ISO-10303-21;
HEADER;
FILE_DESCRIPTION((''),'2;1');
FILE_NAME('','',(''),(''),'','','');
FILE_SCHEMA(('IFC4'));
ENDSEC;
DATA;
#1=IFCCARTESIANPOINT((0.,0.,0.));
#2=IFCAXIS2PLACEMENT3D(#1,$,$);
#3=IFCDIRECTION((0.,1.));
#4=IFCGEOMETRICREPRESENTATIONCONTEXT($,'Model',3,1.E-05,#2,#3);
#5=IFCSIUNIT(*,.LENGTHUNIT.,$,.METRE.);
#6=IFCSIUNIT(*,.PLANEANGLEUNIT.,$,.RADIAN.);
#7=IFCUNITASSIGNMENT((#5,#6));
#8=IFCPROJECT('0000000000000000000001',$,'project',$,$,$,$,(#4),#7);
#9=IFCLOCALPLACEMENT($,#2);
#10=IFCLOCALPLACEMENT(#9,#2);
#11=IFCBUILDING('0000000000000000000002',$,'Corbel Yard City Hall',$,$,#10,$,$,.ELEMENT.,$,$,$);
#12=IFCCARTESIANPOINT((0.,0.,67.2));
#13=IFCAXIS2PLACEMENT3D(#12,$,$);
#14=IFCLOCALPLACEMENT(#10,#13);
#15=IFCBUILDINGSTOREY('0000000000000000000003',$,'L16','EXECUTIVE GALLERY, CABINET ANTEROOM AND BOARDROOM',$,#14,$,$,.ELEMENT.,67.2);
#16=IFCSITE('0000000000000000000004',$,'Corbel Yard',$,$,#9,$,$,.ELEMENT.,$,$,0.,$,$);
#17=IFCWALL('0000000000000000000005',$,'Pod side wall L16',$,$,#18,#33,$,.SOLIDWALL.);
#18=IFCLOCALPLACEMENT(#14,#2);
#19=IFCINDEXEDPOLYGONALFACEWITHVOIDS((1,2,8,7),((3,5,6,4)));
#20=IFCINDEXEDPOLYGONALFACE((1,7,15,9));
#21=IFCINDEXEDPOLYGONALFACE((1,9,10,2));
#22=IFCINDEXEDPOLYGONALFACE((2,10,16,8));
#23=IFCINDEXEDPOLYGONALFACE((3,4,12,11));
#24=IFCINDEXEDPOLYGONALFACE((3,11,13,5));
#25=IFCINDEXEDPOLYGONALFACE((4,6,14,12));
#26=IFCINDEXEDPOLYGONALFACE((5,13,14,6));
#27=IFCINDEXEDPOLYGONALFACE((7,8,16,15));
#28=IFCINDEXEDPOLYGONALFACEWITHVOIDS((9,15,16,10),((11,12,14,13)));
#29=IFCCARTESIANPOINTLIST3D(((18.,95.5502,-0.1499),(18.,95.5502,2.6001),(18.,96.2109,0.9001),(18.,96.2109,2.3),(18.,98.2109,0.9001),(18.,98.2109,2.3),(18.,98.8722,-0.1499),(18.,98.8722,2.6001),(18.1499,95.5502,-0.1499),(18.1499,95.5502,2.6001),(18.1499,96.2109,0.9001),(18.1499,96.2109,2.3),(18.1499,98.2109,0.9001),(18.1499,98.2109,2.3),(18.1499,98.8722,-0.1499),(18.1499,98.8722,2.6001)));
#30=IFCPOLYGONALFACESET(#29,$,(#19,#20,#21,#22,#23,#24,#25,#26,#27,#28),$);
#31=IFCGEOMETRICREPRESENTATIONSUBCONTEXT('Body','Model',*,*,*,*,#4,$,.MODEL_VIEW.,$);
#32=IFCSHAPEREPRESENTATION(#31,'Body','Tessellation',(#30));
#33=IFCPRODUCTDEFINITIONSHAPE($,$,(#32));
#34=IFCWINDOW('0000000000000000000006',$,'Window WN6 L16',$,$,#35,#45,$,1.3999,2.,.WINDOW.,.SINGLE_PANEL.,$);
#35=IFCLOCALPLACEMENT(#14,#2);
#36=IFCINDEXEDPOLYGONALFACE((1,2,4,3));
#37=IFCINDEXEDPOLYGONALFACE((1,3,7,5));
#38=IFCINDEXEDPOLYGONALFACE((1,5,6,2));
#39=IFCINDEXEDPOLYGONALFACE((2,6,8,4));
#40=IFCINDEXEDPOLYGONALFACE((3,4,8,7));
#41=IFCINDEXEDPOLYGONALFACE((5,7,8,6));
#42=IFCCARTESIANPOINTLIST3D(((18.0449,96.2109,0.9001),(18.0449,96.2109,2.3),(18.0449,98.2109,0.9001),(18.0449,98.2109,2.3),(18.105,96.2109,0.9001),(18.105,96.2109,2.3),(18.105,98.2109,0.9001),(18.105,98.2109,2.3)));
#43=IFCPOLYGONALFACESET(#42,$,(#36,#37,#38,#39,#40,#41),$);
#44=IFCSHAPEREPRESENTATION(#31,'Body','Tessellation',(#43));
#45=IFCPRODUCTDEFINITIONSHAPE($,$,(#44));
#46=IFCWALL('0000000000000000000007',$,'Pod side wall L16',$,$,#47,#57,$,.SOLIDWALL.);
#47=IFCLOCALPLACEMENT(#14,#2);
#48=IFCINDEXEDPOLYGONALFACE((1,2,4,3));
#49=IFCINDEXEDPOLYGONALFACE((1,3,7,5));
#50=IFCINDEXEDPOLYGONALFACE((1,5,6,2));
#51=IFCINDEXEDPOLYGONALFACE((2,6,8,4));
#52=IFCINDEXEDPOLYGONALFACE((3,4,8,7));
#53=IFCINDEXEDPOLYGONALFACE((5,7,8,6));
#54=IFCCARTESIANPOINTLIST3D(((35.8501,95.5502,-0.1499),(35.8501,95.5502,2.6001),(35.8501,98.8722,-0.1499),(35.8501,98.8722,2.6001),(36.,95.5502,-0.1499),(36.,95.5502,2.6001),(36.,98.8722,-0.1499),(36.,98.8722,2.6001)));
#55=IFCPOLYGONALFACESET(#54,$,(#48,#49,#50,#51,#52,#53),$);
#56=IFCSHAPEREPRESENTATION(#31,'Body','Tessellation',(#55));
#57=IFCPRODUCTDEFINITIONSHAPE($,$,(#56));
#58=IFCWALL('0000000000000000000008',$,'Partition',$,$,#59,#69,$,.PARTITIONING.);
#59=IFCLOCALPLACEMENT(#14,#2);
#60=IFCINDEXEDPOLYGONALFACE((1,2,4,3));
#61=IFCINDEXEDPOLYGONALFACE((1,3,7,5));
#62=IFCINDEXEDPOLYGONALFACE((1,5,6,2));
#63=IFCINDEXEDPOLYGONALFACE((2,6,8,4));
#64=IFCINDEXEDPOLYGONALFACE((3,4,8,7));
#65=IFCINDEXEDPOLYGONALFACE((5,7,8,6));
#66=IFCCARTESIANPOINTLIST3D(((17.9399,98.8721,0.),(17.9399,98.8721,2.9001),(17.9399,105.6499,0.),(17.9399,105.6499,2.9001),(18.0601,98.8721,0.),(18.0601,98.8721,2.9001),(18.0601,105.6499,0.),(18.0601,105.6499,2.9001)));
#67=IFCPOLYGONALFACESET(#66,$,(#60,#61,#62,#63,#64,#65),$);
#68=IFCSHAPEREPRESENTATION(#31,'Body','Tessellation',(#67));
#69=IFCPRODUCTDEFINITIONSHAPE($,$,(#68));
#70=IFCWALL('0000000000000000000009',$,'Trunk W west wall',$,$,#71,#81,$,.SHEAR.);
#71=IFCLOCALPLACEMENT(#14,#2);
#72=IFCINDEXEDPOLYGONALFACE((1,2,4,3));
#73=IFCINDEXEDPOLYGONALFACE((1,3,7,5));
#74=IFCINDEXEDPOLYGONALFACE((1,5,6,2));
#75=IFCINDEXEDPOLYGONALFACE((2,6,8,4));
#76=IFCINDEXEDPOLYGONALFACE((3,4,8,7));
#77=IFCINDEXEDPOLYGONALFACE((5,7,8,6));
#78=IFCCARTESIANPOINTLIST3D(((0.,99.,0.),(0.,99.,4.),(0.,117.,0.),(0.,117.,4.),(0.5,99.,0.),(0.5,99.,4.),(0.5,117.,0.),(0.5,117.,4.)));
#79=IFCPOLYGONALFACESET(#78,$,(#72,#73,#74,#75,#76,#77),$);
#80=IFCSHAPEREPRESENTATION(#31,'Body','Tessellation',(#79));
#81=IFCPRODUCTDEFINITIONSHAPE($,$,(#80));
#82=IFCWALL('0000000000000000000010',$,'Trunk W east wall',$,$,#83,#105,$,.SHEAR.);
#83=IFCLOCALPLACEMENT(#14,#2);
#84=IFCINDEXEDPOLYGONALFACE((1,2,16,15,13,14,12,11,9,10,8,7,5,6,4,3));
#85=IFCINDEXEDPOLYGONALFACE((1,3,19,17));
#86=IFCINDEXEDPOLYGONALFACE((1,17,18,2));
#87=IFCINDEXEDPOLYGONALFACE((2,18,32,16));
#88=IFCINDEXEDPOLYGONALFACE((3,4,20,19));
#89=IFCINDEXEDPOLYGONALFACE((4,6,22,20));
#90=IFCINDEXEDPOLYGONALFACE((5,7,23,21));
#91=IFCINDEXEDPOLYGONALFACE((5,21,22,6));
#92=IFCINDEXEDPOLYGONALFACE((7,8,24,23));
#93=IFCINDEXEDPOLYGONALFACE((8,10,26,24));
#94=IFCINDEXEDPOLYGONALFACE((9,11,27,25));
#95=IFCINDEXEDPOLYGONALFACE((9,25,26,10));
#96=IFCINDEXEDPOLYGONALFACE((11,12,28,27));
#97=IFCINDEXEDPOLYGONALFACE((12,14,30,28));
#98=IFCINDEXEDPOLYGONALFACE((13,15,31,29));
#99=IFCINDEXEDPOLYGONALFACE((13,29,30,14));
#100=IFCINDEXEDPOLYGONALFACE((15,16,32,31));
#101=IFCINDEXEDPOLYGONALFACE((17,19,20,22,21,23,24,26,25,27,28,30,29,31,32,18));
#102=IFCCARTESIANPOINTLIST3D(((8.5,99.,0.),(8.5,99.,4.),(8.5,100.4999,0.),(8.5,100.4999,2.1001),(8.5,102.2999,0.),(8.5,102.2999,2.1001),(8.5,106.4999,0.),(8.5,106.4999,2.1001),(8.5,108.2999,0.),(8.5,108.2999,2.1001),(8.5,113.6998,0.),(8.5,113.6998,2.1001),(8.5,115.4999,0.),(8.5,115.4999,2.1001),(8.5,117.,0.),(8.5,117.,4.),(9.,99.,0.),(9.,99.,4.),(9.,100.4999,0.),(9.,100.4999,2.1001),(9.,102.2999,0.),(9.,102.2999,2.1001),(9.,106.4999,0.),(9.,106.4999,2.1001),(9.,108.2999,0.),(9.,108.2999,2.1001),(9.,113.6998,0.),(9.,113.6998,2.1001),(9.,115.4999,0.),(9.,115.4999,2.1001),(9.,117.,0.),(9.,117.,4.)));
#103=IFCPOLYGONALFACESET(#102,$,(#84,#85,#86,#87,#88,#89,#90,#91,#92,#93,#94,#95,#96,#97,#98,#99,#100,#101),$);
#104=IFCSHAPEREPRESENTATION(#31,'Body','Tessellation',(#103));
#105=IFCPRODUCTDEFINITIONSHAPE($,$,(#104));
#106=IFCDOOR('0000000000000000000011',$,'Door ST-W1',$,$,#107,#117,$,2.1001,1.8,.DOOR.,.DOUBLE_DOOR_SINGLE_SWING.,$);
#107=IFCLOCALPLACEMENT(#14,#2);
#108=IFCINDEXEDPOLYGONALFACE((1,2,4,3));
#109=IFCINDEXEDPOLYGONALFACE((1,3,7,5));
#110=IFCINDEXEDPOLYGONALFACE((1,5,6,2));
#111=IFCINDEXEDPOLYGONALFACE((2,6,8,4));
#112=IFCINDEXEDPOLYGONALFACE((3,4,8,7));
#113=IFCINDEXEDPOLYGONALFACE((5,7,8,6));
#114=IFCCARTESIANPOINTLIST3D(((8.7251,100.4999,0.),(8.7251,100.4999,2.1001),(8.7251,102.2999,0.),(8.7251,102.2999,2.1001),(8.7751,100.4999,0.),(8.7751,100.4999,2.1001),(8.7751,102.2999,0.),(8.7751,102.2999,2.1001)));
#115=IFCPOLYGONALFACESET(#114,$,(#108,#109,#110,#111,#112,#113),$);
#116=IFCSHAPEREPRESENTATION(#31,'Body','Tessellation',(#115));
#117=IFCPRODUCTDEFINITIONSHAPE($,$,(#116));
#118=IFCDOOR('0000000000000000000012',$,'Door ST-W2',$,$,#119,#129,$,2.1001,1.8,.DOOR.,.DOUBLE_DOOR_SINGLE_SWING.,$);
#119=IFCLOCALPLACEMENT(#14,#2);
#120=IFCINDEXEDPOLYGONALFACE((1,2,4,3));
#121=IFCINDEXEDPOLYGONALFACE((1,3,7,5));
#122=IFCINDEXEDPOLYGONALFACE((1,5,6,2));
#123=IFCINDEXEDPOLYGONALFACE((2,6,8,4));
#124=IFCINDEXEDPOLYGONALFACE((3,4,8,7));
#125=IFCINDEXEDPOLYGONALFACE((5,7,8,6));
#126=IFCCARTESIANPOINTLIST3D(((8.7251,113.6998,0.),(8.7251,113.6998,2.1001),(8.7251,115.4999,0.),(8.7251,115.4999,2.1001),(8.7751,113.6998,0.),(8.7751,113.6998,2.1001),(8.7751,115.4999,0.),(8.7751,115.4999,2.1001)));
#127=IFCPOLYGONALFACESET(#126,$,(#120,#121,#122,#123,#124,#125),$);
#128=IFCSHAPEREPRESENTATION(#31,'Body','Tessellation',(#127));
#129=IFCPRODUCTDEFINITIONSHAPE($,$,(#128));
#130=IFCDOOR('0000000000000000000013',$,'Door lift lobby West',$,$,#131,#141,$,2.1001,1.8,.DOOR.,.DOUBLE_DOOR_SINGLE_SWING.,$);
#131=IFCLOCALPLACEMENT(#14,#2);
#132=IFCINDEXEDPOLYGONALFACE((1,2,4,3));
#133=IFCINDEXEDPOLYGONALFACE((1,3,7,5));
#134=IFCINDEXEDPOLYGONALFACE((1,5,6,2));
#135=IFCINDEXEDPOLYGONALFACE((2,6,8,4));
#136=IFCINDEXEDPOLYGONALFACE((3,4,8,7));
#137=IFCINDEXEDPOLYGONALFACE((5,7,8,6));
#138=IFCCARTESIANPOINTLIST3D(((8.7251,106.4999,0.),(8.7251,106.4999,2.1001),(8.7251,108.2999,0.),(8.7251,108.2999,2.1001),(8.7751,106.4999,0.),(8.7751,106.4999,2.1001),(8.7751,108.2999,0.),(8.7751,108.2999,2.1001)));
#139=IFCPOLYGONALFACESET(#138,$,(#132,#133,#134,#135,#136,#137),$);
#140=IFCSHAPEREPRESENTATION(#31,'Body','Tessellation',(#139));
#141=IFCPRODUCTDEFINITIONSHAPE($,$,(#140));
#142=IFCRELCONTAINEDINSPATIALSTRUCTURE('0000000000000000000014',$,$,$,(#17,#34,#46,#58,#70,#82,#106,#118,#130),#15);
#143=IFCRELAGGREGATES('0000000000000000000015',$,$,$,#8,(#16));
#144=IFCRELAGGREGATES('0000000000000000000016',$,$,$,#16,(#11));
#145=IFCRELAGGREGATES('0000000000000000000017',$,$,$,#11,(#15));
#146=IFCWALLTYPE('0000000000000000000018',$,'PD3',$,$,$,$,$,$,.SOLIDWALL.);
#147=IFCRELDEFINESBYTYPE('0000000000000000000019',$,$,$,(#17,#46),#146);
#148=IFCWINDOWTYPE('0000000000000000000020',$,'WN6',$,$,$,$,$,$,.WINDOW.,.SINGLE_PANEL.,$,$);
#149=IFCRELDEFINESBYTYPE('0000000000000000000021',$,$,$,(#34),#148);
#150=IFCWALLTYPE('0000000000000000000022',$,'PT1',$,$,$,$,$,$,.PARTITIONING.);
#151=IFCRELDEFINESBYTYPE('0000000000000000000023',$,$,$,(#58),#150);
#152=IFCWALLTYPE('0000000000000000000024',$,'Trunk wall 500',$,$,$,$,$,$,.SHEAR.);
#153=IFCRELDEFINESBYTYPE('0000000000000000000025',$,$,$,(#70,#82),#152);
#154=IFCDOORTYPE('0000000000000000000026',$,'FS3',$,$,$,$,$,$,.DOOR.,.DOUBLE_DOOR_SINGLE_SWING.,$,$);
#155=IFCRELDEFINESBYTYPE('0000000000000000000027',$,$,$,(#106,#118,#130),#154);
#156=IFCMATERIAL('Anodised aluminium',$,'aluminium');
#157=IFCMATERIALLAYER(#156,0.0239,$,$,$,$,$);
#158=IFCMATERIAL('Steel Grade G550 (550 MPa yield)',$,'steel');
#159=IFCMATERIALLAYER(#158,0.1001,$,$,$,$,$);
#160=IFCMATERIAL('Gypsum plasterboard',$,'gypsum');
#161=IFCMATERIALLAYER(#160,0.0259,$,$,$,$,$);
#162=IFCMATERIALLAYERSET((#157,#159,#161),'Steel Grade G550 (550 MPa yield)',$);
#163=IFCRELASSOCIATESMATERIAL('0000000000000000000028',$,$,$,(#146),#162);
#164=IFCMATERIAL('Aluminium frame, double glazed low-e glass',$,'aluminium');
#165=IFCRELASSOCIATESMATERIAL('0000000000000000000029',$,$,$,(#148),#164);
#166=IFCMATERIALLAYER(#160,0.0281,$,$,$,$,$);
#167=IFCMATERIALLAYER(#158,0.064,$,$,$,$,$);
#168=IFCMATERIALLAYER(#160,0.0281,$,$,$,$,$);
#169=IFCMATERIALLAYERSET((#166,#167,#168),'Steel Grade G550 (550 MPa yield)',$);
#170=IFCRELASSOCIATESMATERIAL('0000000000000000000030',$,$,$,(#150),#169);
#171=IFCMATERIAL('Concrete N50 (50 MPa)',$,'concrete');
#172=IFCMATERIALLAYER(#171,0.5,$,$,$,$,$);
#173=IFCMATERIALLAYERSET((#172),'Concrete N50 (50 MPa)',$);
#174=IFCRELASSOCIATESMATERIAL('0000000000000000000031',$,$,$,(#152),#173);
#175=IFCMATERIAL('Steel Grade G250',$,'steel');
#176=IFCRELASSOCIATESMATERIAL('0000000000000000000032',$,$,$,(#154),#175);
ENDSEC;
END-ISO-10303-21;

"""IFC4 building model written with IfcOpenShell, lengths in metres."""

from ifc_helpers import new_model, si_unit, direction, frame, frame_2d, origin, place, context, subcontext, project, spatial, rectangle, extrude, material, layer, layer_set, type_object, element, fill, save


model = new_model("IFC4")

# Units and contexts
model_context = context("Model", 3, precision=1e-05, world=origin(), true_north=direction((0.0, 1.0)))
body_context = subcontext(model_context, "Body", "Model", "MODEL_VIEW")
ifc_project = project(units=[si_unit("LENGTHUNIT", "METRE"), si_unit("PLANEANGLEUNIT", "RADIAN")], contexts=[model_context])

# Site, building, storey
site_placement = place(None, origin())
site = spatial("IfcSite", under=ifc_project, at=site_placement, Name="Corbel Yard", CompositionType="ELEMENT", RefElevation=0.0)
building_placement = place(site_placement, origin())
building = spatial("IfcBuilding", under=site, at=building_placement, Name="Corbel Yard City Hall", CompositionType="ELEMENT")
storey_placement = place(building_placement, frame((0.0, 0.0, 67.2)))
storey = spatial("IfcBuildingStorey", under=building, at=storey_placement, Name="L16", Description="EXECUTIVE GALLERY, CABINET ANTEROOM AND BOARDROOM", CompositionType="ELEMENT", Elevation=67.2)

# Shared definitions
ifc_material_1 = material(Name="Anodised aluminium", Category="aluminium")
ifc_material_2 = material(Name="Steel Grade G550 (550 MPa yield)", Category="steel")
ifc_material_3 = material(Name="Gypsum plasterboard", Category="gypsum")
ifc_material_4 = material(Name="Aluminium frame, double glazed low-e glass", Category="aluminium")

# Wall, opening, window
ifc_layer_1 = layer(ifc_material_1, 0.0239)
ifc_layer_2 = layer(ifc_material_2, 0.1001)
ifc_layer_3 = layer(ifc_material_3, 0.0259)
ifc_layer_set_1 = layer_set([ifc_layer_1, ifc_layer_2, ifc_layer_3], Name="Steel Grade G550 (550 MPa yield)")
wall_type_1 = type_object("IfcWallType", Name="PD3", PredefinedType="SOLIDWALL", material=ifc_layer_set_1)
wall_1_placement = place(storey_placement, frame((18.075, 95.55, -0.1499), z_axis=(0.0, 0.0, 1.0), x_axis=(0.0, 1.0, 0.0)))
wall_1 = element("IfcWall", 1, at=wall_1_placement, inside=storey, type_object=wall_type_1, Name="Pod side wall L16", PredefinedType="SOLIDWALL", context=body_context, shape_type="SweptSolid", body=[
    extrude(rectangle(XDim=3.322, YDim=0.1499, at=frame_2d((1.6611, 0.0))), origin(), (0.0, 0.0, 1.0), 2.75),
])
opening_1_placement = place(wall_1_placement, frame((0.6609, 0.0, 1.05)))
opening_1 = element("IfcOpeningElement", 2, at=opening_1_placement, cuts=wall_1, PredefinedType="OPENING", context=body_context, shape_type="SweptSolid", body=[
    extrude(rectangle(XDim=2.0, YDim=1.3999, at=frame_2d((1.0, 0.7))), frame((0.0, 0.085, 0.0), z_axis=(0.0, -1.0, 0.0), x_axis=(1.0, 0.0, 0.0)), (0.0, 0.0, 1.0), 0.1699),
])
window_type_1 = type_object("IfcWindowType", Name="WN6", PartitioningType="SINGLE_PANEL", PredefinedType="WINDOW", material=ifc_material_4)
window_1_placement = place(opening_1_placement, origin())
window_1 = element("IfcWindow", 3, at=window_1_placement, inside=storey, type_object=window_type_1, Name="Window WN6 L16", OverallHeight=1.3999, OverallWidth=2.0, PartitioningType="SINGLE_PANEL", PredefinedType="WINDOW", context=body_context, shape_type="SweptSolid", body=[
    extrude(rectangle(XDim=2.0, YDim=1.3999, at=frame_2d((1.0, 0.7))), frame((0.0, 0.03, 0.0), z_axis=(0.0, -1.0, 0.0), x_axis=(1.0, 0.0, 0.0)), (0.0, 0.0, 1.0), 0.0601),
])
fill(opening_1, window_1)

# Walls
wall_2_placement = place(storey_placement, frame((35.925, 95.55, -0.1499), z_axis=(0.0, 0.0, 1.0), x_axis=(0.0, 1.0, 0.0)))
element("IfcWall", 4, at=wall_2_placement, inside=storey, type_object=wall_type_1, Name="Pod side wall L16", PredefinedType="SOLIDWALL", context=body_context, shape_type="SweptSolid", body=[
    extrude(rectangle(XDim=3.322, YDim=0.1499, at=frame_2d((1.6611, 0.0))), origin(), (0.0, 0.0, 1.0), 2.75),
])
ifc_layer_4 = layer(ifc_material_3, 0.0281)
ifc_layer_5 = layer(ifc_material_2, 0.064)
ifc_layer_6 = layer(ifc_material_3, 0.0281)
ifc_layer_set_2 = layer_set([ifc_layer_4, ifc_layer_5, ifc_layer_6], Name="Steel Grade G550 (550 MPa yield)")
wall_type_2 = type_object("IfcWallType", Name="PT1", PredefinedType="PARTITIONING", material=ifc_layer_set_2)
wall_3_placement = place(storey_placement, frame((18.0, 98.8721, 0.0), z_axis=(0.0, 0.0, 1.0), x_axis=(0.0, 1.0, 0.0)))
element("IfcWall", 5, at=wall_3_placement, inside=storey, type_object=wall_type_2, Name="Partition", PredefinedType="PARTITIONING", context=body_context, shape_type="SweptSolid", body=[
    extrude(rectangle(XDim=6.7778, YDim=0.1201, at=frame_2d((3.3889, 0.0))), origin(), (0.0, 0.0, 1.0), 2.9001),
])
ifc_material_5 = material(Name="Concrete N50 (50 MPa)", Category="concrete")
ifc_layer_7 = layer(ifc_material_5, 0.5)
ifc_layer_set_3 = layer_set([ifc_layer_7], Name="Concrete N50 (50 MPa)")
wall_type_3 = type_object("IfcWallType", Name="Trunk wall 500", PredefinedType="SHEAR", material=ifc_layer_set_3)
wall_4_placement = place(storey_placement, frame((0.25, 99.0, 0.0), z_axis=(0.0, 0.0, 1.0), x_axis=(0.0, 1.0, 0.0)))
element("IfcWall", 6, at=wall_4_placement, inside=storey, type_object=wall_type_3, Name="Trunk W west wall", PredefinedType="SHEAR", context=body_context, shape_type="SweptSolid", body=[
    extrude(rectangle(XDim=18.0, YDim=0.5, at=frame_2d((9.0, 0.0))), origin(), (0.0, 0.0, 1.0), 4.0),
])

# Wall, openings, doors
wall_5_placement = place(storey_placement, frame((8.75, 99.0, 0.0), z_axis=(0.0, 0.0, 1.0), x_axis=(0.0, 1.0, 0.0)))
wall_5 = element("IfcWall", 7, at=wall_5_placement, inside=storey, type_object=wall_type_3, Name="Trunk W east wall", PredefinedType="SHEAR", context=body_context, shape_type="SweptSolid", body=[
    extrude(rectangle(XDim=18.0, YDim=0.5, at=frame_2d((9.0, 0.0))), origin(), (0.0, 0.0, 1.0), 4.0),
])
opening_2_placement = place(wall_5_placement, frame((1.5, 0.0, 0.0)))
opening_2 = element("IfcOpeningElement", 8, at=opening_2_placement, cuts=wall_5, PredefinedType="OPENING", context=body_context, shape_type="SweptSolid", body=[
    extrude(rectangle(XDim=1.8, YDim=2.1001, at=frame_2d((0.8999, 1.05))), frame((0.0, 0.26, 0.0), z_axis=(0.0, -1.0, 0.0), x_axis=(1.0, 0.0, 0.0)), (0.0, 0.0, 1.0), 0.52),
])
opening_3_placement = place(wall_5_placement, frame((14.7, 0.0, 0.0)))
opening_3 = element("IfcOpeningElement", 9, at=opening_3_placement, cuts=wall_5, PredefinedType="OPENING", context=body_context, shape_type="SweptSolid", body=[
    extrude(rectangle(XDim=1.8, YDim=2.1001, at=frame_2d((0.8999, 1.05))), frame((0.0, 0.26, 0.0), z_axis=(0.0, -1.0, 0.0), x_axis=(1.0, 0.0, 0.0)), (0.0, 0.0, 1.0), 0.52),
])
opening_4_placement = place(wall_5_placement, frame((7.5, 0.0, 0.0)))
opening_4 = element("IfcOpeningElement", 10, at=opening_4_placement, cuts=wall_5, PredefinedType="OPENING", context=body_context, shape_type="SweptSolid", body=[
    extrude(rectangle(XDim=1.8, YDim=2.1001, at=frame_2d((0.8999, 1.05))), frame((0.0, 0.26, 0.0), z_axis=(0.0, -1.0, 0.0), x_axis=(1.0, 0.0, 0.0)), (0.0, 0.0, 1.0), 0.52),
])
ifc_material_6 = material(Name="Steel Grade G250", Category="steel")
door_type_1 = type_object("IfcDoorType", Name="FS3", OperationType="DOUBLE_DOOR_SINGLE_SWING", PredefinedType="DOOR", material=ifc_material_6)
door_1_placement = place(opening_2_placement, origin())
door_1 = element("IfcDoor", 11, at=door_1_placement, inside=storey, type_object=door_type_1, Name="Door ST-W1", OperationType="DOUBLE_DOOR_SINGLE_SWING", OverallHeight=2.1001, OverallWidth=1.8, PredefinedType="DOOR", context=body_context, shape_type="SweptSolid", body=[
    extrude(rectangle(XDim=1.8, YDim=2.1001, at=frame_2d((0.8999, 1.05))), frame((0.0, 0.0249, 0.0), z_axis=(0.0, -1.0, 0.0), x_axis=(1.0, 0.0, 0.0)), (0.0, 0.0, 1.0), 0.05),
])
fill(opening_2, door_1)
door_2_placement = place(opening_3_placement, origin())
door_2 = element("IfcDoor", 12, at=door_2_placement, inside=storey, type_object=door_type_1, Name="Door ST-W2", OperationType="DOUBLE_DOOR_SINGLE_SWING", OverallHeight=2.1001, OverallWidth=1.8, PredefinedType="DOOR", context=body_context, shape_type="SweptSolid", body=[
    extrude(rectangle(XDim=1.8, YDim=2.1001, at=frame_2d((0.8999, 1.05))), frame((0.0, 0.0249, 0.0), z_axis=(0.0, -1.0, 0.0), x_axis=(1.0, 0.0, 0.0)), (0.0, 0.0, 1.0), 0.05),
])
fill(opening_3, door_2)
door_3_placement = place(opening_4_placement, origin())
door_3 = element("IfcDoor", 13, at=door_3_placement, inside=storey, type_object=door_type_1, Name="Door lift lobby West", OperationType="DOUBLE_DOOR_SINGLE_SWING", OverallHeight=2.1001, OverallWidth=1.8, PredefinedType="DOOR", context=body_context, shape_type="SweptSolid", body=[
    extrude(rectangle(XDim=1.8, YDim=2.1001, at=frame_2d((0.8999, 1.05))), frame((0.0, 0.0249, 0.0), z_axis=(0.0, -1.0, 0.0), x_axis=(1.0, 0.0, 0.0)), (0.0, 0.0, 1.0), 0.05),
])
fill(opening_4, door_3)

save(model, "model.ifc")
